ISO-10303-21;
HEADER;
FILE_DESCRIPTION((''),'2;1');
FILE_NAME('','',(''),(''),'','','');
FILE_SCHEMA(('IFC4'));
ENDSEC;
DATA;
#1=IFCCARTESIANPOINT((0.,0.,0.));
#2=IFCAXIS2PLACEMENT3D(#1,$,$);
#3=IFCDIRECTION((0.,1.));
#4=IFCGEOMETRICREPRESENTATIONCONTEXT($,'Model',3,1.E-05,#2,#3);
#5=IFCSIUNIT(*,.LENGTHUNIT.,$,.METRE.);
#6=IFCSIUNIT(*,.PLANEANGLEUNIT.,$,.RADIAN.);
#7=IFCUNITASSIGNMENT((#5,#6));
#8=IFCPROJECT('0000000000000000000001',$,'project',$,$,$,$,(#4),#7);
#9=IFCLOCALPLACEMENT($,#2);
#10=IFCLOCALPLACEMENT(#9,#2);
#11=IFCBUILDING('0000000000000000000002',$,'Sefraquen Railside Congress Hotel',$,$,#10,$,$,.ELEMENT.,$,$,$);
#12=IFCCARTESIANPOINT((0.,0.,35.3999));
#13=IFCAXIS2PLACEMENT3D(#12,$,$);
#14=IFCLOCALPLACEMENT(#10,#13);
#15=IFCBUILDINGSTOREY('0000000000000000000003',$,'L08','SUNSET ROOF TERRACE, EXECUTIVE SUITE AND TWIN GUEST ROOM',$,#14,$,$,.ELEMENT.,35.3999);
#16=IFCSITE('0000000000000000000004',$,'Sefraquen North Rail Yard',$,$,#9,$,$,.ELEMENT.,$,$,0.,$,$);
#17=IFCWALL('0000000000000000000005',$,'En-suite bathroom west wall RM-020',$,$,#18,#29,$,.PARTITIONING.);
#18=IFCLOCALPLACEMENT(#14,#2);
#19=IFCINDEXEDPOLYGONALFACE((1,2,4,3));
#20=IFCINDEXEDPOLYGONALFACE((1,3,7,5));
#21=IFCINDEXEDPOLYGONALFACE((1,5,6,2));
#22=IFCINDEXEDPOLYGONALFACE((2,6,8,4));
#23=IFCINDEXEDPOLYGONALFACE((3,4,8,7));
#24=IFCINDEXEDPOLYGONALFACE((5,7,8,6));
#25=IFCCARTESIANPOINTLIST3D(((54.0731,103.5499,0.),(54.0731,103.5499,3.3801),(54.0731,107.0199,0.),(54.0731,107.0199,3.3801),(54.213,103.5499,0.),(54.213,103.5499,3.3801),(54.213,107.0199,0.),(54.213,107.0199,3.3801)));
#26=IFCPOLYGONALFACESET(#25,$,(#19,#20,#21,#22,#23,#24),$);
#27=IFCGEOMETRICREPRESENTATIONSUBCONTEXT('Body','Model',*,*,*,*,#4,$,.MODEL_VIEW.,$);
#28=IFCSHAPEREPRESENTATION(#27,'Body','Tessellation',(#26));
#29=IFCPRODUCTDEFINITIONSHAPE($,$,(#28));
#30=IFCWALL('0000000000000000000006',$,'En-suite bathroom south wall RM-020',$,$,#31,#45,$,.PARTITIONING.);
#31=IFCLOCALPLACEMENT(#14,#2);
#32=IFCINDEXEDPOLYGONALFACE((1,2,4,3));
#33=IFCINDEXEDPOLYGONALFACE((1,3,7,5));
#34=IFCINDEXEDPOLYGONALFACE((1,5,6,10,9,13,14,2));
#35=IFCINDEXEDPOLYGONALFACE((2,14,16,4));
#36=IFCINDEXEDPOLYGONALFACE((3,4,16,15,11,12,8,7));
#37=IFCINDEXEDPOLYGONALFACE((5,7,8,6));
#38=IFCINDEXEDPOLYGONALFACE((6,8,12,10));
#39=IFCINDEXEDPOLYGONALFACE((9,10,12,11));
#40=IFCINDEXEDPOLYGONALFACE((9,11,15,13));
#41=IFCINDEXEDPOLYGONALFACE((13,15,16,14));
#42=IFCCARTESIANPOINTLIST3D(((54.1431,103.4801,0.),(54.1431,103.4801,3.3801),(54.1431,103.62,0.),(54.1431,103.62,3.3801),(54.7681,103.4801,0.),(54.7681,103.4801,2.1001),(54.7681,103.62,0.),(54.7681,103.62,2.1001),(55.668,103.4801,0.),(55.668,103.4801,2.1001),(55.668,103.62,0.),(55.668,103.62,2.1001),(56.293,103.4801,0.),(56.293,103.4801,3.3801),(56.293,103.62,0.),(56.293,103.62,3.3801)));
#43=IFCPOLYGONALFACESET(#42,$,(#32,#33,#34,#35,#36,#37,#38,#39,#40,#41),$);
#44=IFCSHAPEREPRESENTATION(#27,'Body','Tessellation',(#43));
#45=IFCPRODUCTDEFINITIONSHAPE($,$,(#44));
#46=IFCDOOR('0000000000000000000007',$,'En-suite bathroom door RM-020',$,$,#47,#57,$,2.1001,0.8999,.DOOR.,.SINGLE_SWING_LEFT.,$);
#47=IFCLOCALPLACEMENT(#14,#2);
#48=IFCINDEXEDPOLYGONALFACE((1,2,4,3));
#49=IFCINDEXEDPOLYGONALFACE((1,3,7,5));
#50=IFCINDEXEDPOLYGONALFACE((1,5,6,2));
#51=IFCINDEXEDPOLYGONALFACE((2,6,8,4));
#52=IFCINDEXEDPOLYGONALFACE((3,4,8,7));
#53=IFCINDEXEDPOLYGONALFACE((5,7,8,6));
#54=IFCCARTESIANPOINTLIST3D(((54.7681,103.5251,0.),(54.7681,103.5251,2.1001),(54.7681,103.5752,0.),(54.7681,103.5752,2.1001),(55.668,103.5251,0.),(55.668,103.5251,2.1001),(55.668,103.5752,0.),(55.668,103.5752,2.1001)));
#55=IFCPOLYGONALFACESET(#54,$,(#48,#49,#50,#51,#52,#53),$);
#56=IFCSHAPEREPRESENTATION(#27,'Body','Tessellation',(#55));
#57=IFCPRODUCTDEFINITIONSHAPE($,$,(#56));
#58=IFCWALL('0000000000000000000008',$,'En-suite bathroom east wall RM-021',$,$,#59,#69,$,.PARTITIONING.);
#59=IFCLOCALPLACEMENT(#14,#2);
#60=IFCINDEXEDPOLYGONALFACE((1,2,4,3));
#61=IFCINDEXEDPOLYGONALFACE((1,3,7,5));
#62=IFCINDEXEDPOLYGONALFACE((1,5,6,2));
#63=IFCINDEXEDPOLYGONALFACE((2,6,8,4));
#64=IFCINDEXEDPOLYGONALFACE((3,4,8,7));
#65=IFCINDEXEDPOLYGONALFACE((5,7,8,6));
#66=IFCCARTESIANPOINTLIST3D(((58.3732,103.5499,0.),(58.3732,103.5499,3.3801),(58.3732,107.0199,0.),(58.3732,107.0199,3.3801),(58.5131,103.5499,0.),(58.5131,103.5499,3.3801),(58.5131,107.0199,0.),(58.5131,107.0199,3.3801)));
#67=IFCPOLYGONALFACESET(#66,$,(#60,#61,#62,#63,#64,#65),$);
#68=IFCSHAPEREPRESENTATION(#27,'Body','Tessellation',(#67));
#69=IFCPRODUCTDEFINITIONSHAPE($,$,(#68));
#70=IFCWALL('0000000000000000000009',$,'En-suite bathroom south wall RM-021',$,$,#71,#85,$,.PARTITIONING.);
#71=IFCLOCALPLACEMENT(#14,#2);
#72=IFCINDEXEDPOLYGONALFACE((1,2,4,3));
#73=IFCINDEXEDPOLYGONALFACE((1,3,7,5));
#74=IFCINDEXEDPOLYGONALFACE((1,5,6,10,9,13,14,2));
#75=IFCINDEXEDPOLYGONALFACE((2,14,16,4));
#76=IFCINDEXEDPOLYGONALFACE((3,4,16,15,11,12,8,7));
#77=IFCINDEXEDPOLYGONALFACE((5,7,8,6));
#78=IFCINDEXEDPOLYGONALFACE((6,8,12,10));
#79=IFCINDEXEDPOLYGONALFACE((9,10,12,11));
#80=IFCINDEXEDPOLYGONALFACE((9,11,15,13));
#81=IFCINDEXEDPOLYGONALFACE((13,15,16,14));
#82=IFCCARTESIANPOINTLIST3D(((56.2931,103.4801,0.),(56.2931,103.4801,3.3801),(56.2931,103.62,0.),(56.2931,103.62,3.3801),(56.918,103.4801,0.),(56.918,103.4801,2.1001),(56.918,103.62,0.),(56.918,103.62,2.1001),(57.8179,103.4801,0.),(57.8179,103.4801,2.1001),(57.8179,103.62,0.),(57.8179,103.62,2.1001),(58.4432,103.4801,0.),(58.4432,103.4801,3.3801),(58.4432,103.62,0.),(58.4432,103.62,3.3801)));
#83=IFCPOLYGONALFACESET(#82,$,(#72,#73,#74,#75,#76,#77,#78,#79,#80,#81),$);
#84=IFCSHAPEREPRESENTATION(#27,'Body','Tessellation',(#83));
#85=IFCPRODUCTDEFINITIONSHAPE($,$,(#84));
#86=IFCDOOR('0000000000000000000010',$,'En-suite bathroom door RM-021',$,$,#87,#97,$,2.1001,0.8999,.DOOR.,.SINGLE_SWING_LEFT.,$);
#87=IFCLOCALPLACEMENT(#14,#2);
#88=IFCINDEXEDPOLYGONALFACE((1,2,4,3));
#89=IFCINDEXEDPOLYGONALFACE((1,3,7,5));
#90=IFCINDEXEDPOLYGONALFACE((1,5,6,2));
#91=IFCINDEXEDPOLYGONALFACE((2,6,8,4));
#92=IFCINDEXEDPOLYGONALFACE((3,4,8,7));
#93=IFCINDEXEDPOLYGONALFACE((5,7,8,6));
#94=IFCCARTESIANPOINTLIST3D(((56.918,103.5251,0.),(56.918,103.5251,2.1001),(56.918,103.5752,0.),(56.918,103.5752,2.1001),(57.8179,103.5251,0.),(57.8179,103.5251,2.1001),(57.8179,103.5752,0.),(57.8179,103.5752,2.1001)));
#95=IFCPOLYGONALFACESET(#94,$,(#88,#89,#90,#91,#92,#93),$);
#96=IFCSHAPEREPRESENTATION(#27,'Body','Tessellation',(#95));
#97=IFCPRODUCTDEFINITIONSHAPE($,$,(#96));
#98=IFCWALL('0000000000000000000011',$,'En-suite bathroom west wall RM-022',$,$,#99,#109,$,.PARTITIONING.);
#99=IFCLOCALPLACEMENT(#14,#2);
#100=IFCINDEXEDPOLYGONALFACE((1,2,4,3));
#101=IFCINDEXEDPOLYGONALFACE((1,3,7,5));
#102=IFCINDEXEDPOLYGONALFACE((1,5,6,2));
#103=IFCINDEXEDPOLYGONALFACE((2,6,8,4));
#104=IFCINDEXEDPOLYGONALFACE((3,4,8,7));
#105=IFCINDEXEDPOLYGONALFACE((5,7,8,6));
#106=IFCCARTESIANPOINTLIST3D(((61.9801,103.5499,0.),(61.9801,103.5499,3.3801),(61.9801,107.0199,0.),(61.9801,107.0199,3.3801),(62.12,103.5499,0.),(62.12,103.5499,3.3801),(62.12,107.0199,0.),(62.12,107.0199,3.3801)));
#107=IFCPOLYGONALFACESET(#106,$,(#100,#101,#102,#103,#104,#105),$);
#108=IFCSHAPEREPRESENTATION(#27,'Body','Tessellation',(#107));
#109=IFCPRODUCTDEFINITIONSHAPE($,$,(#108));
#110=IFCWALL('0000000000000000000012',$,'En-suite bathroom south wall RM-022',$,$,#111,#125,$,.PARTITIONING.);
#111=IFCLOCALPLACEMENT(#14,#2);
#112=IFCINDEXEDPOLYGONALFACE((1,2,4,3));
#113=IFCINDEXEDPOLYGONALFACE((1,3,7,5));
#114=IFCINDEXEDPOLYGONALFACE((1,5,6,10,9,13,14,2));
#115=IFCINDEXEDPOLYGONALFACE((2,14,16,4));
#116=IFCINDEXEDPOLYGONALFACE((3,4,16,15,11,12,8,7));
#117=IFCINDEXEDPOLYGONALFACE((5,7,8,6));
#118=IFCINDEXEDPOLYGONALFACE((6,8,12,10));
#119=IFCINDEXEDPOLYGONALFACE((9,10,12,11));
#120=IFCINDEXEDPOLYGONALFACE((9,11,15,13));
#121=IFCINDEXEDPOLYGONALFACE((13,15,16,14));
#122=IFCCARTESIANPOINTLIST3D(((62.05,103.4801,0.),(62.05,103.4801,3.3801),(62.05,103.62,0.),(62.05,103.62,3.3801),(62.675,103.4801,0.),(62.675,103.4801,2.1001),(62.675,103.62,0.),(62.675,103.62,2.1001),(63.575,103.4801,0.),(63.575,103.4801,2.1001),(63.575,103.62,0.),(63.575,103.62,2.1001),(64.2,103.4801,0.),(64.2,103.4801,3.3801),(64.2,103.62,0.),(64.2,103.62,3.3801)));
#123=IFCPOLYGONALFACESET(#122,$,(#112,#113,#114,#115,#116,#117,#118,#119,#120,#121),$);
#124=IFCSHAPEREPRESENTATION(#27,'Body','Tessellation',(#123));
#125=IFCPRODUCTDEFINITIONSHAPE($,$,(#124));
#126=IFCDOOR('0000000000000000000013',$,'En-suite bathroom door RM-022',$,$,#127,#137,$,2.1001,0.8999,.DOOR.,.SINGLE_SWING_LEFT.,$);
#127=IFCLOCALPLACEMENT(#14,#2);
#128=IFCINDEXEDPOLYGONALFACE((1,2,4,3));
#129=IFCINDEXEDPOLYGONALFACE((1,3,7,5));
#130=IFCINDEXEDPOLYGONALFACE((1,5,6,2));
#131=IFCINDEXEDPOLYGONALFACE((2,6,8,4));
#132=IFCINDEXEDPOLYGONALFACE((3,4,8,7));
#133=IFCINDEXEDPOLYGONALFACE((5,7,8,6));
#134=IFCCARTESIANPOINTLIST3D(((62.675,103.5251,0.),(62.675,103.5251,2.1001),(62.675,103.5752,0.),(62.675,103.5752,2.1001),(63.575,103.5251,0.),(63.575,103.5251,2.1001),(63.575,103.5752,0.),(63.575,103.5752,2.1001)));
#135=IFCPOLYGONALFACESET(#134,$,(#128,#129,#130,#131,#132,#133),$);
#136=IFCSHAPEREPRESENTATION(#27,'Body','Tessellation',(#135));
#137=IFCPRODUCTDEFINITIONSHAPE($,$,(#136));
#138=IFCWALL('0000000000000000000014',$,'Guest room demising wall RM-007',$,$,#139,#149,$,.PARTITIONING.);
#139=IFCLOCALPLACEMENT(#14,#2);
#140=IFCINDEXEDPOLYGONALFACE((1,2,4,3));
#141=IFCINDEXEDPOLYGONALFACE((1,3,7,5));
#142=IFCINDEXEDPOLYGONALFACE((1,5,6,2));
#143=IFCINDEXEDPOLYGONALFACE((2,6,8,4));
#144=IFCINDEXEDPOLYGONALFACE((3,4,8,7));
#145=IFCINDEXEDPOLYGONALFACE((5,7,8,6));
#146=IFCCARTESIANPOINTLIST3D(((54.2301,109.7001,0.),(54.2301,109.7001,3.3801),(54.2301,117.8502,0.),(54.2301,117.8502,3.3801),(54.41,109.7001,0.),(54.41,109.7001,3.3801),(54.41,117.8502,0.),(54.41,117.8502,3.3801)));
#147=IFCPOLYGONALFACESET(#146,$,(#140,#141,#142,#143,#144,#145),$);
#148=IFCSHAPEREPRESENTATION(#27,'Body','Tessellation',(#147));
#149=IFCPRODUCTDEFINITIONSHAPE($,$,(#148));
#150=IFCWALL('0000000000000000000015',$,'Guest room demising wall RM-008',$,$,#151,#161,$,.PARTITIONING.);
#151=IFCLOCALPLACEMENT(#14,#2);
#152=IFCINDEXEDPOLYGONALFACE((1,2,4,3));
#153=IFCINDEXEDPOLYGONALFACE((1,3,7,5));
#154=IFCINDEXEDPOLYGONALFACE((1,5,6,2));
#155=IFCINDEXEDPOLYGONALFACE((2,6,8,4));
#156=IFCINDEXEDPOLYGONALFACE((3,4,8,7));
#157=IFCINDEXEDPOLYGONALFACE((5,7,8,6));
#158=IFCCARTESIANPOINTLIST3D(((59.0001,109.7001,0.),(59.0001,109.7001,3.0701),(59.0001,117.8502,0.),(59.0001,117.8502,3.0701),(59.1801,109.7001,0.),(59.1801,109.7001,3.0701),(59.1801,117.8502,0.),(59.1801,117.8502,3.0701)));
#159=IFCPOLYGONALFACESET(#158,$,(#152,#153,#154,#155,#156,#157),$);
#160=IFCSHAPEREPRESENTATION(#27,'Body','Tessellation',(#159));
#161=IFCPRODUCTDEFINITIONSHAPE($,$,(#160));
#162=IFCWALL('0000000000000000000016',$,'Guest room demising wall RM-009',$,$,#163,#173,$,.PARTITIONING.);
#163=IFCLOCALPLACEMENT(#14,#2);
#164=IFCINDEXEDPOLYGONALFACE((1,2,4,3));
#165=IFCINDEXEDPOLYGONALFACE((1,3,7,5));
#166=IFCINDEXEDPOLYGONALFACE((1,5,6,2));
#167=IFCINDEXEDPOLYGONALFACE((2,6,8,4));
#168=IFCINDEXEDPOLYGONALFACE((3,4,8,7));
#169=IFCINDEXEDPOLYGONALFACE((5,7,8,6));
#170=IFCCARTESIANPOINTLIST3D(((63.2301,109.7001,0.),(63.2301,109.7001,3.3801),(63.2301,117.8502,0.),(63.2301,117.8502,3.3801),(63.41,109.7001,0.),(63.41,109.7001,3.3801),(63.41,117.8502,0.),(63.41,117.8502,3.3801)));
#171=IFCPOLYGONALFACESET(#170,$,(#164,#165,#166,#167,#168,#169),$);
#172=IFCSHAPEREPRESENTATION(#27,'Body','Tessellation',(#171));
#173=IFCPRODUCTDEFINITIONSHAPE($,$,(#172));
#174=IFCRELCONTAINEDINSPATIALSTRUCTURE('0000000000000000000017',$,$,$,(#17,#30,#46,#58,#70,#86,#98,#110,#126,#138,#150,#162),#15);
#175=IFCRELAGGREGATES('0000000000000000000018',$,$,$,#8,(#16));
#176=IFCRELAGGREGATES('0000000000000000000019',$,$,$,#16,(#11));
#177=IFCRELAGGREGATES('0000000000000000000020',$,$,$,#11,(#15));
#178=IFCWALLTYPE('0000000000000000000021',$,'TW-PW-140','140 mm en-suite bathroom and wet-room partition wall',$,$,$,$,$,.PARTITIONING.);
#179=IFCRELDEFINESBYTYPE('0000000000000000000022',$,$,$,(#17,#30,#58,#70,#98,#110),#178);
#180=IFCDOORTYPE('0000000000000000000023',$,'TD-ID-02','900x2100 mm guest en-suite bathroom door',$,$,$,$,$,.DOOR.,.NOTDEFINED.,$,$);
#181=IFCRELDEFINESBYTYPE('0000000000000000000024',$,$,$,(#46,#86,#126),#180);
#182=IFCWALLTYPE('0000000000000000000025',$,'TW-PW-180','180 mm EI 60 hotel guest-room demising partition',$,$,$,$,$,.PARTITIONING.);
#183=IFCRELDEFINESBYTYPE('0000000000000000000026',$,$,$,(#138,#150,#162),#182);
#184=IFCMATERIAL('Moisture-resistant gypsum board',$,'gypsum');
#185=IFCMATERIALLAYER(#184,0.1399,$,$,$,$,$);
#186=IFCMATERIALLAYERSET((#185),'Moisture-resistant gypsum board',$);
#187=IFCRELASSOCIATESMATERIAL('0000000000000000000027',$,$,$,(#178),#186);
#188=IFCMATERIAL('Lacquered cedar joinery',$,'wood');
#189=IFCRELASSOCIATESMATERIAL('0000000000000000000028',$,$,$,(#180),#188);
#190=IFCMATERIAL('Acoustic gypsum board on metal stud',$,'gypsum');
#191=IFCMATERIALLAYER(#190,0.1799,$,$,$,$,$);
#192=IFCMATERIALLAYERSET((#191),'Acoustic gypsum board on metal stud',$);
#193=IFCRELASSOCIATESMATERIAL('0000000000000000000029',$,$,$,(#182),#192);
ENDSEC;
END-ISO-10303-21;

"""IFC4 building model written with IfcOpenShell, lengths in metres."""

from ifc_helpers import new_model, si_unit, direction, frame, frame_2d, origin, place, context, subcontext, project, spatial, rectangle, extrude, material, layer, layer_set, type_object, element, fill, save


model = new_model("IFC4")

# Units and contexts
model_context = context("Model", 3, precision=1e-05, world=origin(), true_north=direction((0.0, 1.0)))
body_context = subcontext(model_context, "Body", "Model", "MODEL_VIEW")
ifc_project = project(units=[si_unit("LENGTHUNIT", "METRE"), si_unit("PLANEANGLEUNIT", "RADIAN")], contexts=[model_context])

# Site, building, storey
site_placement = place(None, origin())
site = spatial("IfcSite", under=ifc_project, at=site_placement, Name="Sefraquen North Rail Yard", CompositionType="ELEMENT", RefElevation=0.0)
building_placement = place(site_placement, origin())
building = spatial("IfcBuilding", under=site, at=building_placement, Name="Sefraquen Railside Congress Hotel", CompositionType="ELEMENT")
storey_placement = place(building_placement, frame((0.0, 0.0, 35.3999)))
storey = spatial("IfcBuildingStorey", under=building, at=storey_placement, Name="L08", Description="SUNSET ROOF TERRACE, EXECUTIVE SUITE AND TWIN GUEST ROOM", CompositionType="ELEMENT", Elevation=35.3999)

# Wall
ifc_material_1 = material(Name="Moisture-resistant gypsum board", Category="gypsum")
ifc_layer_1 = layer(ifc_material_1, 0.1399)
ifc_layer_set_1 = layer_set([ifc_layer_1], Name="Moisture-resistant gypsum board")
wall_type_1 = type_object("IfcWallType", Name="TW-PW-140", Description="140 mm en-suite bathroom and wet-room partition wall", PredefinedType="PARTITIONING", material=ifc_layer_set_1)
wall_1_placement = place(storey_placement, frame((54.1431, 103.55, 0.0), z_axis=(0.0, 0.0, 1.0), x_axis=(0.0, 1.0, 0.0)))
element("IfcWall", 1, at=wall_1_placement, inside=storey, type_object=wall_type_1, Name="En-suite bathroom west wall RM-020", PredefinedType="PARTITIONING", context=body_context, shape_type="SweptSolid", body=[
    extrude(rectangle(XDim=3.47, YDim=0.1399, at=frame_2d((1.7349, 0.0))), origin(), (0.0, 0.0, 1.0), 3.3801),
])

# Wall, opening, door
wall_2_placement = place(storey_placement, frame((54.1431, 103.55, 0.0), z_axis=(0.0, 0.0, 1.0), x_axis=(1.0, 0.0, 0.0)))
wall_2 = element("IfcWall", 2, at=wall_2_placement, inside=storey, type_object=wall_type_1, Name="En-suite bathroom south wall RM-020", PredefinedType="PARTITIONING", context=body_context, shape_type="SweptSolid", body=[
    extrude(rectangle(XDim=2.1499, YDim=0.1399, at=frame_2d((1.075, 0.0))), origin(), (0.0, 0.0, 1.0), 3.3801),
])
opening_1_placement = place(wall_2_placement, frame((0.625, 0.0, 0.0)))
opening_1 = element("IfcOpeningElement", 3, at=opening_1_placement, cuts=wall_2, PredefinedType="OPENING", context=body_context, shape_type="SweptSolid", body=[
    extrude(rectangle(XDim=0.8999, YDim=2.1001, at=frame_2d((0.45, 1.05))), frame((0.0, 0.0798, 0.0), z_axis=(0.0, -1.0, 0.0), x_axis=(1.0, 0.0, 0.0)), (0.0, 0.0, 1.0), 0.1599),
])
ifc_material_2 = material(Name="Lacquered cedar joinery", Category="wood")
door_type = type_object("IfcDoorType", Name="TD-ID-02", Description="900x2100 mm guest en-suite bathroom door", OperationType="NOTDEFINED", PredefinedType="DOOR", material=ifc_material_2)
door_1_placement = place(opening_1_placement, frame((0.8999, 0.0, 0.0), z_axis=(0.0, 0.0, 1.0), x_axis=(-1.0, 0.0, 0.0)))
door_1 = element("IfcDoor", 4, at=door_1_placement, inside=storey, type_object=door_type, Name="En-suite bathroom door RM-020", OperationType="SINGLE_SWING_LEFT", OverallHeight=2.1001, OverallWidth=0.8999, PredefinedType="DOOR", context=body_context, shape_type="SweptSolid", body=[
    extrude(rectangle(XDim=0.8999, YDim=2.1001, at=frame_2d((0.45, 1.05))), frame((0.0, 0.0249, 0.0), z_axis=(0.0, -1.0, 0.0), x_axis=(1.0, 0.0, 0.0)), (0.0, 0.0, 1.0), 0.05),
])
fill(opening_1, door_1)

# Wall
wall_3_placement = place(storey_placement, frame((58.4431, 103.55, 0.0), z_axis=(0.0, 0.0, 1.0), x_axis=(0.0, 1.0, 0.0)))
element("IfcWall", 5, at=wall_3_placement, inside=storey, type_object=wall_type_1, Name="En-suite bathroom east wall RM-021", PredefinedType="PARTITIONING", context=body_context, shape_type="SweptSolid", body=[
    extrude(rectangle(XDim=3.47, YDim=0.1399, at=frame_2d((1.7349, 0.0))), origin(), (0.0, 0.0, 1.0), 3.3801),
])

# Wall, opening, door
wall_4_placement = place(storey_placement, frame((56.293, 103.55, 0.0), z_axis=(0.0, 0.0, 1.0), x_axis=(1.0, 0.0, 0.0)))
wall_4 = element("IfcWall", 6, at=wall_4_placement, inside=storey, type_object=wall_type_1, Name="En-suite bathroom south wall RM-021", PredefinedType="PARTITIONING", context=body_context, shape_type="SweptSolid", body=[
    extrude(rectangle(XDim=2.1501, YDim=0.1399, at=frame_2d((1.0752, 0.0))), origin(), (0.0, 0.0, 1.0), 3.3801),
])
opening_2_placement = place(wall_4_placement, frame((0.625, 0.0, 0.0)))
opening_2 = element("IfcOpeningElement", 7, at=opening_2_placement, cuts=wall_4, PredefinedType="OPENING", context=body_context, shape_type="SweptSolid", body=[
    extrude(rectangle(XDim=0.8999, YDim=2.1001, at=frame_2d((0.45, 1.05))), frame((0.0, 0.0798, 0.0), z_axis=(0.0, -1.0, 0.0), x_axis=(1.0, 0.0, 0.0)), (0.0, 0.0, 1.0), 0.1599),
])
door_2_placement = place(opening_2_placement, frame((0.8999, 0.0, 0.0), z_axis=(0.0, 0.0, 1.0), x_axis=(-1.0, 0.0, 0.0)))
door_2 = element("IfcDoor", 8, at=door_2_placement, inside=storey, type_object=door_type, Name="En-suite bathroom door RM-021", OperationType="SINGLE_SWING_LEFT", OverallHeight=2.1001, OverallWidth=0.8999, PredefinedType="DOOR", context=body_context, shape_type="SweptSolid", body=[
    extrude(rectangle(XDim=0.8999, YDim=2.1001, at=frame_2d((0.45, 1.05))), frame((0.0, 0.0249, 0.0), z_axis=(0.0, -1.0, 0.0), x_axis=(1.0, 0.0, 0.0)), (0.0, 0.0, 1.0), 0.05),
])
fill(opening_2, door_2)

# Wall
wall_5_placement = place(storey_placement, frame((62.05, 103.55, 0.0), z_axis=(0.0, 0.0, 1.0), x_axis=(0.0, 1.0, 0.0)))
element("IfcWall", 9, at=wall_5_placement, inside=storey, type_object=wall_type_1, Name="En-suite bathroom west wall RM-022", PredefinedType="PARTITIONING", context=body_context, shape_type="SweptSolid", body=[
    extrude(rectangle(XDim=3.47, YDim=0.1399, at=frame_2d((1.7349, 0.0))), origin(), (0.0, 0.0, 1.0), 3.3801),
])

# Wall, opening, door
wall_6_placement = place(storey_placement, frame((62.05, 103.55, 0.0), z_axis=(0.0, 0.0, 1.0), x_axis=(1.0, 0.0, 0.0)))
wall_6 = element("IfcWall", 10, at=wall_6_placement, inside=storey, type_object=wall_type_1, Name="En-suite bathroom south wall RM-022", PredefinedType="PARTITIONING", context=body_context, shape_type="SweptSolid", body=[
    extrude(rectangle(XDim=2.1499, YDim=0.1399, at=frame_2d((1.075, 0.0))), origin(), (0.0, 0.0, 1.0), 3.3801),
])
opening_3_placement = place(wall_6_placement, frame((0.625, 0.0, 0.0)))
opening_3 = element("IfcOpeningElement", 11, at=opening_3_placement, cuts=wall_6, PredefinedType="OPENING", context=body_context, shape_type="SweptSolid", body=[
    extrude(rectangle(XDim=0.8999, YDim=2.1001, at=frame_2d((0.45, 1.05))), frame((0.0, 0.0798, 0.0), z_axis=(0.0, -1.0, 0.0), x_axis=(1.0, 0.0, 0.0)), (0.0, 0.0, 1.0), 0.1599),
])
door_3_placement = place(opening_3_placement, frame((0.8999, 0.0, 0.0), z_axis=(0.0, 0.0, 1.0), x_axis=(-1.0, 0.0, 0.0)))
door_3 = element("IfcDoor", 12, at=door_3_placement, inside=storey, type_object=door_type, Name="En-suite bathroom door RM-022", OperationType="SINGLE_SWING_LEFT", OverallHeight=2.1001, OverallWidth=0.8999, PredefinedType="DOOR", context=body_context, shape_type="SweptSolid", body=[
    extrude(rectangle(XDim=0.8999, YDim=2.1001, at=frame_2d((0.45, 1.05))), frame((0.0, 0.0249, 0.0), z_axis=(0.0, -1.0, 0.0), x_axis=(1.0, 0.0, 0.0)), (0.0, 0.0, 1.0), 0.05),
])
fill(opening_3, door_3)

# Walls
ifc_material_3 = material(Name="Acoustic gypsum board on metal stud", Category="gypsum")
ifc_layer_2 = layer(ifc_material_3, 0.1799)
ifc_layer_set_2 = layer_set([ifc_layer_2], Name="Acoustic gypsum board on metal stud")
wall_type_2 = type_object("IfcWallType", Name="TW-PW-180", Description="180 mm EI 60 hotel guest-room demising partition", PredefinedType="PARTITIONING", material=ifc_layer_set_2)
wall_7_placement = place(storey_placement, frame((54.3201, 109.7, 0.0), z_axis=(0.0, 0.0, 1.0), x_axis=(0.0, 1.0, 0.0)))
element("IfcWall", 13, at=wall_7_placement, inside=storey, type_object=wall_type_2, Name="Guest room demising wall RM-007", PredefinedType="PARTITIONING", context=body_context, shape_type="SweptSolid", body=[
    extrude(rectangle(XDim=8.1501, YDim=0.1799, at=frame_2d((4.0752, 0.0))), origin(), (0.0, 0.0, 1.0), 3.3801),
])
wall_8_placement = place(storey_placement, frame((59.0901, 109.7, 0.0), z_axis=(0.0, 0.0, 1.0), x_axis=(0.0, 1.0, 0.0)))
element("IfcWall", 14, at=wall_8_placement, inside=storey, type_object=wall_type_2, Name="Guest room demising wall RM-008", PredefinedType="PARTITIONING", context=body_context, shape_type="SweptSolid", body=[
    extrude(rectangle(XDim=8.1501, YDim=0.1799, at=frame_2d((4.0752, 0.0))), origin(), (0.0, 0.0, 1.0), 3.0701),
])
for number, where, z_axis, x_axis, name in (
    (15, (63.3201, 109.7, 0.0), (0.0, 0.0, 1.0), (0.0, 1.0, 0.0), "Guest room demising wall RM-009"),
):
    element("IfcWall", number, at=place(storey_placement, frame(where, z_axis=z_axis, x_axis=x_axis)), inside=storey, type_object=wall_type_2, Name=name, PredefinedType="PARTITIONING", context=body_context, shape_type="SweptSolid", body=[
        extrude(rectangle(XDim=8.1501, YDim=0.1799, at=frame_2d((4.0752, 0.0))), origin(), (0.0, 0.0, 1.0), 3.3801),
    ])

save(model, "model.ifc")
